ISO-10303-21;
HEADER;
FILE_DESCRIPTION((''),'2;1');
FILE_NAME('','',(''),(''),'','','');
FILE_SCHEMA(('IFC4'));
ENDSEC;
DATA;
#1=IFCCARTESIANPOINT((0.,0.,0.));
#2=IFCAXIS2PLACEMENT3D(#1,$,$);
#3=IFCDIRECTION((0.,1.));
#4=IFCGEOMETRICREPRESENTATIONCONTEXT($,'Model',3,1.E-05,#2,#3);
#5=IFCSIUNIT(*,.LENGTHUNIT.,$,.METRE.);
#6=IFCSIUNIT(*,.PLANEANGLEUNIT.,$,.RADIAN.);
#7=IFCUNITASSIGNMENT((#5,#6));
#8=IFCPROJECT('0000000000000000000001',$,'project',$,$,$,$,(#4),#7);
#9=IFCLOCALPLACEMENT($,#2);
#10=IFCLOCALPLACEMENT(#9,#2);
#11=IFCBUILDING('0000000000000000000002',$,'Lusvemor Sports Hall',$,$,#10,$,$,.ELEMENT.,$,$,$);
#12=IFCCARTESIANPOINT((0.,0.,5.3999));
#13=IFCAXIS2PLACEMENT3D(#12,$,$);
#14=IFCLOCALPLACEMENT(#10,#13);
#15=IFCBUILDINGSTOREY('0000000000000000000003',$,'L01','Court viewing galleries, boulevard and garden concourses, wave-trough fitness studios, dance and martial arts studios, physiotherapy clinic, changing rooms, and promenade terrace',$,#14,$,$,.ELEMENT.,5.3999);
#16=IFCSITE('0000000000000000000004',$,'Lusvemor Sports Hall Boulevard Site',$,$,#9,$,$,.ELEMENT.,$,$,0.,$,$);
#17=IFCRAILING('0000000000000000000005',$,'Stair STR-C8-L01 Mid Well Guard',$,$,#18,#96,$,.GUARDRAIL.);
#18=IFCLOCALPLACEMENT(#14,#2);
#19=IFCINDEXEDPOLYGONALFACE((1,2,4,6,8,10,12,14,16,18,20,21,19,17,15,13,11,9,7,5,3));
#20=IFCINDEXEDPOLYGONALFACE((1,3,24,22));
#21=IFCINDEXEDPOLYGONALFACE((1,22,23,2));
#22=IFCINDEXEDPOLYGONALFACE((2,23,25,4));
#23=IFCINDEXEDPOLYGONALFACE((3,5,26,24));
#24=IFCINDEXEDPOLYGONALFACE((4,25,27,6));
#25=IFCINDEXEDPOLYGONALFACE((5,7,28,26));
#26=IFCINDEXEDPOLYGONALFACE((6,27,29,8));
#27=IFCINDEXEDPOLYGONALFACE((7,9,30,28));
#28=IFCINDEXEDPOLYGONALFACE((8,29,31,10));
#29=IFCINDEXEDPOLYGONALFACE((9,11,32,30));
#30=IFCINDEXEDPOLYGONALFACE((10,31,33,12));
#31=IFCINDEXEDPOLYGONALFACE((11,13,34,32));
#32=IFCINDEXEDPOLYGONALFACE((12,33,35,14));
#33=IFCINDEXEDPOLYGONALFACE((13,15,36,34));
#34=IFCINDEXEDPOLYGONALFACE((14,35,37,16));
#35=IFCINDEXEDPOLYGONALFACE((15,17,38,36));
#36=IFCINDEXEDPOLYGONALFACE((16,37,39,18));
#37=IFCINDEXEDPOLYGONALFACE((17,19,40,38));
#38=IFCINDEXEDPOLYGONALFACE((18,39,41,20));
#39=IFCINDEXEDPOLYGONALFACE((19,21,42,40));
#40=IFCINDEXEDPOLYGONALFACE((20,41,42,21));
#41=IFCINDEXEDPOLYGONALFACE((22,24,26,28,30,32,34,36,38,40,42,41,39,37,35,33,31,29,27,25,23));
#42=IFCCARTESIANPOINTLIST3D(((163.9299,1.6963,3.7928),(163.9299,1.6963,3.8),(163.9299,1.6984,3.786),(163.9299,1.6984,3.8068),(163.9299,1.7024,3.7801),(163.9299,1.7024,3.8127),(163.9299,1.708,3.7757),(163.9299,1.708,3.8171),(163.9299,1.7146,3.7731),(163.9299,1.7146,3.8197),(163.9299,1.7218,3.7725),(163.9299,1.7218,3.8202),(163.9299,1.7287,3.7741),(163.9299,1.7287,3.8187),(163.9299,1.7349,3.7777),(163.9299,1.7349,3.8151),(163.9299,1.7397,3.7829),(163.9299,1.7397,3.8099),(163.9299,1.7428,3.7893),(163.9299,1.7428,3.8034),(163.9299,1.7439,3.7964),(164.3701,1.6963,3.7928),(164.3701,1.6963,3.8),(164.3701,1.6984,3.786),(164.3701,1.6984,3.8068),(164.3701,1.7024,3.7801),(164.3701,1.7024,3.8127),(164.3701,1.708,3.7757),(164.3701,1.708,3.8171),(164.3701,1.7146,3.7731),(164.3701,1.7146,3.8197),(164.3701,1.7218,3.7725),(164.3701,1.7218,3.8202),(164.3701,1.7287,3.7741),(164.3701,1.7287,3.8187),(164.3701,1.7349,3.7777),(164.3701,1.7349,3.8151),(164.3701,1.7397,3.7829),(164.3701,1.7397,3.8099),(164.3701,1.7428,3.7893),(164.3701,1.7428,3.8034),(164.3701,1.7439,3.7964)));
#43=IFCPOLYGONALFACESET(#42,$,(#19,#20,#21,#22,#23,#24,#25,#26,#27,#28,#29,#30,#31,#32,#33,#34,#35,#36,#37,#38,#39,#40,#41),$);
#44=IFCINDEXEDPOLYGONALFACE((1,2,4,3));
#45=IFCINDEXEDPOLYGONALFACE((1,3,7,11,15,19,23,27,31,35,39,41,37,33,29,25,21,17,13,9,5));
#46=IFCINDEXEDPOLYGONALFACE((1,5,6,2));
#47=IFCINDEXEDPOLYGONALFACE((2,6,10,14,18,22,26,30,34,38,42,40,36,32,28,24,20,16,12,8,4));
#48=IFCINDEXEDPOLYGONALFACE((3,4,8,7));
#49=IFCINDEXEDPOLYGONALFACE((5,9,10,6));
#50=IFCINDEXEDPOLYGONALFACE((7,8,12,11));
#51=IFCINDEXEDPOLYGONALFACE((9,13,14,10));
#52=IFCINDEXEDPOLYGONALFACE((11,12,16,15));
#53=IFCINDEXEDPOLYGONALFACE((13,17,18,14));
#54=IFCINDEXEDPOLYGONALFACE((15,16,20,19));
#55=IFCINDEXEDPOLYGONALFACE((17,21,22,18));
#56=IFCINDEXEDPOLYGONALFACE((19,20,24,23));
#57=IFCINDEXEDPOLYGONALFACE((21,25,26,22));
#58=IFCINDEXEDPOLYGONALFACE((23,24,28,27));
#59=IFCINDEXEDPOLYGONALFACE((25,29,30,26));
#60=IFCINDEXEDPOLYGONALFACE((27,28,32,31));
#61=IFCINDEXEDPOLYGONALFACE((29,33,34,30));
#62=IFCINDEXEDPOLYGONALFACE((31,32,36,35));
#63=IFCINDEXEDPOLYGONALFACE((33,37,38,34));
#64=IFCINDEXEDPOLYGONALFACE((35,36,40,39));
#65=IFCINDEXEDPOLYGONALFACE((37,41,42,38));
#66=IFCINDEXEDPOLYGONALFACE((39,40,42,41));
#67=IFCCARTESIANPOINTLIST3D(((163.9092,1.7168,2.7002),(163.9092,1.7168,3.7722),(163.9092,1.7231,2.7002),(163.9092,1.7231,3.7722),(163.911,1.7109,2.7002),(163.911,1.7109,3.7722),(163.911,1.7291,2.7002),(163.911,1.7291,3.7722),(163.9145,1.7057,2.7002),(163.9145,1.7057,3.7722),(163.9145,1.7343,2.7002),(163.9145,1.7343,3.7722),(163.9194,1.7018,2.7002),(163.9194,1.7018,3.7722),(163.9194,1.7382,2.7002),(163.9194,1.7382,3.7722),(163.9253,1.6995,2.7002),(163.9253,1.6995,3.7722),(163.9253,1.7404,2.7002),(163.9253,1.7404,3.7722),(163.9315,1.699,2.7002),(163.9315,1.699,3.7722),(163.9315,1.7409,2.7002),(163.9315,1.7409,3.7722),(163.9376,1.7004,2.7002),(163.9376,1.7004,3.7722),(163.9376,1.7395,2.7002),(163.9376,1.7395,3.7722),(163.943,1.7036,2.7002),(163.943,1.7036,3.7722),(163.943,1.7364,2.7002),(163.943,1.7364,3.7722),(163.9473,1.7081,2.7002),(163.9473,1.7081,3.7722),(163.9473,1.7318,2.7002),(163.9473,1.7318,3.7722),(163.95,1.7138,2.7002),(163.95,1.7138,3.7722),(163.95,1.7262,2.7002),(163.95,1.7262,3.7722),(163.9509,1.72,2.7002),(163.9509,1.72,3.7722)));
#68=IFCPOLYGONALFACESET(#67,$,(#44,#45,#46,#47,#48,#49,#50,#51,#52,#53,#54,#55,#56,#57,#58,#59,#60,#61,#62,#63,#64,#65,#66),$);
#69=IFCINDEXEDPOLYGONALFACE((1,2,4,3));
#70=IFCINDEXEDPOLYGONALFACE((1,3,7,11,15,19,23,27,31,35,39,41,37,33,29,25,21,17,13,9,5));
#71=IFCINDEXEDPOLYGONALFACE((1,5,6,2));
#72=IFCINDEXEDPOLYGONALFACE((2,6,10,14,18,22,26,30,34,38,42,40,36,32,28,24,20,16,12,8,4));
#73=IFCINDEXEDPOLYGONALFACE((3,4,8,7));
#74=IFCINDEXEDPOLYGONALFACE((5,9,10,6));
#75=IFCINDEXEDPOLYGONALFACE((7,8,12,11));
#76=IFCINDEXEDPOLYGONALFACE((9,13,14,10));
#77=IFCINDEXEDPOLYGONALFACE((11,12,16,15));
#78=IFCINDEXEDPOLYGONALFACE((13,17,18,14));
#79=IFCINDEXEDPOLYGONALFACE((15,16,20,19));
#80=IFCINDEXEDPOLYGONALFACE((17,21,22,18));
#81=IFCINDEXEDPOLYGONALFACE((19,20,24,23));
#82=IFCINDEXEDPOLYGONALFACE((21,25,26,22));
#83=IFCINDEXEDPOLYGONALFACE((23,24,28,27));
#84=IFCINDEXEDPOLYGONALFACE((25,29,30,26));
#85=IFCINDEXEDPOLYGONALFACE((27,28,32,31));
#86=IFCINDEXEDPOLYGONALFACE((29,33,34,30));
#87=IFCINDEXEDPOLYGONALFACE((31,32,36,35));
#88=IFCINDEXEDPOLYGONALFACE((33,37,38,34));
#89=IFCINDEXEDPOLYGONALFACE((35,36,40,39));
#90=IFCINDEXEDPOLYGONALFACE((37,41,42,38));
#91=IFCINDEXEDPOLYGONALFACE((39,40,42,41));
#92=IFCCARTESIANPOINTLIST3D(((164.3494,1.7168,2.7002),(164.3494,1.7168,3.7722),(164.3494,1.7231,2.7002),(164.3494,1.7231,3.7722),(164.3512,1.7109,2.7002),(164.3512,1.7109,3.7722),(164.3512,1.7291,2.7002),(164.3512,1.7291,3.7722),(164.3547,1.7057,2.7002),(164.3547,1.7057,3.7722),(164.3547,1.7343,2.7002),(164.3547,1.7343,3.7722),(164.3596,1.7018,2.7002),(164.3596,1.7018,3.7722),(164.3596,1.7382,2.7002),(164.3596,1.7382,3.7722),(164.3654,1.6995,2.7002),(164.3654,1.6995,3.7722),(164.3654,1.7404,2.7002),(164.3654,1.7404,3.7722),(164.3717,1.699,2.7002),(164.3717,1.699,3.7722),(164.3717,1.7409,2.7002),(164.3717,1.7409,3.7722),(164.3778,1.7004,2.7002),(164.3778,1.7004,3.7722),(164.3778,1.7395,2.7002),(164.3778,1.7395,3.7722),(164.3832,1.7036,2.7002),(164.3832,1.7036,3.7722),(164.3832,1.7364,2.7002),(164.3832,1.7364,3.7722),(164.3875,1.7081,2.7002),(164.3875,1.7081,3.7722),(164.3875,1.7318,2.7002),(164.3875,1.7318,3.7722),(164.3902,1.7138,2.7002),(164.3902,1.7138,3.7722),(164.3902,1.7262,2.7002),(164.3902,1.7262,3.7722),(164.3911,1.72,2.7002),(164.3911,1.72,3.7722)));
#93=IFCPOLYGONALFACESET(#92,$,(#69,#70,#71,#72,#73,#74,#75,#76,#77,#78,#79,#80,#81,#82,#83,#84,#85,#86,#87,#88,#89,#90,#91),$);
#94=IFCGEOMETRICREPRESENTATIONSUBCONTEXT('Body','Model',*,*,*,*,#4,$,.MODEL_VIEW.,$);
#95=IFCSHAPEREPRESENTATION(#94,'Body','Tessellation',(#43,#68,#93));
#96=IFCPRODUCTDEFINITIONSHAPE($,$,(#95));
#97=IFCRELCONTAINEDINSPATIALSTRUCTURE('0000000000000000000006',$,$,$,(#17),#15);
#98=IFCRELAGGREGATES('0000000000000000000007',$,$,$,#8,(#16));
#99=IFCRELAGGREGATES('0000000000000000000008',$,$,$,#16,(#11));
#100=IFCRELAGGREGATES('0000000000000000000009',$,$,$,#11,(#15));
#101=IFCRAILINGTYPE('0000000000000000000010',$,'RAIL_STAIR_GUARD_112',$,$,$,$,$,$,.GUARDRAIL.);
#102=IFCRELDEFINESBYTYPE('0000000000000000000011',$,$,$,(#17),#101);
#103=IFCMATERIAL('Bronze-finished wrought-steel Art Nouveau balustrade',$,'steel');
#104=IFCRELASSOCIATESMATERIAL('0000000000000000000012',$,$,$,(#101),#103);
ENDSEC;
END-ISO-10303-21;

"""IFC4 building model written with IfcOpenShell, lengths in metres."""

from ifc_helpers import new_model, si_unit, direction, frame, origin, origin_2d, place, context, subcontext, project, spatial, circle, extrude, material, type_object, element, save


model = new_model("IFC4")

# Units and contexts
model_context = context("Model", 3, precision=1e-05, world=origin(), true_north=direction((0.0, 1.0)))
body_context = subcontext(model_context, "Body", "Model", "MODEL_VIEW")
ifc_project = project(units=[si_unit("LENGTHUNIT", "METRE"), si_unit("PLANEANGLEUNIT", "RADIAN")], contexts=[model_context])

# Site, building, storey
site_placement = place(None, origin())
site = spatial("IfcSite", under=ifc_project, at=site_placement, Name="Lusvemor Sports Hall Boulevard Site", CompositionType="ELEMENT", RefElevation=0.0)
building_placement = place(site_placement, origin())
building = spatial("IfcBuilding", under=site, at=building_placement, Name="Lusvemor Sports Hall", CompositionType="ELEMENT")
storey_placement = place(building_placement, frame((0.0, 0.0, 5.3999)))
storey = spatial("IfcBuildingStorey", under=building, at=storey_placement, Name="L01", Description="Court viewing galleries, boulevard and garden concourses, wave-trough fitness studios, dance and martial arts studios, physiotherapy clinic, changing rooms, and promenade terrace", CompositionType="ELEMENT", Elevation=5.3999)

# Railing
ifc_material_1 = material(Name="Bronze-finished wrought-steel Art Nouveau balustrade", Category="steel")
railing_type_1 = type_object("IfcRailingType", Name="RAIL_STAIR_GUARD_112", PredefinedType="GUARDRAIL", material=ifc_material_1)
railing_1_placement = place(storey_placement, frame((163.9299, 1.72, 2.7002)))
element("IfcRailing", 1, at=railing_1_placement, inside=storey, type_object=railing_type_1, Name="Stair STR-C8-L01 Mid Well Guard", PredefinedType="GUARDRAIL", context=body_context, shape_type="SweptSolid", body=[
    extrude(circle(Radius=0.0239, at=origin_2d()), frame((0.0, 0.0, 1.0962), z_axis=(1.0, 0.0, 0.0), x_axis=(0.0, 1.0, 0.0)), (0.0, 0.0, 1.0), 0.4402),
    extrude(circle(Radius=0.021, at=origin_2d()), origin(), (0.0, 0.0, 1.0), 1.072),
    extrude(circle(Radius=0.021, at=origin_2d()), frame((0.4402, 0.0, 0.0)), (0.0, 0.0, 1.0), 1.072),
])

save(model, "model.ifc")
